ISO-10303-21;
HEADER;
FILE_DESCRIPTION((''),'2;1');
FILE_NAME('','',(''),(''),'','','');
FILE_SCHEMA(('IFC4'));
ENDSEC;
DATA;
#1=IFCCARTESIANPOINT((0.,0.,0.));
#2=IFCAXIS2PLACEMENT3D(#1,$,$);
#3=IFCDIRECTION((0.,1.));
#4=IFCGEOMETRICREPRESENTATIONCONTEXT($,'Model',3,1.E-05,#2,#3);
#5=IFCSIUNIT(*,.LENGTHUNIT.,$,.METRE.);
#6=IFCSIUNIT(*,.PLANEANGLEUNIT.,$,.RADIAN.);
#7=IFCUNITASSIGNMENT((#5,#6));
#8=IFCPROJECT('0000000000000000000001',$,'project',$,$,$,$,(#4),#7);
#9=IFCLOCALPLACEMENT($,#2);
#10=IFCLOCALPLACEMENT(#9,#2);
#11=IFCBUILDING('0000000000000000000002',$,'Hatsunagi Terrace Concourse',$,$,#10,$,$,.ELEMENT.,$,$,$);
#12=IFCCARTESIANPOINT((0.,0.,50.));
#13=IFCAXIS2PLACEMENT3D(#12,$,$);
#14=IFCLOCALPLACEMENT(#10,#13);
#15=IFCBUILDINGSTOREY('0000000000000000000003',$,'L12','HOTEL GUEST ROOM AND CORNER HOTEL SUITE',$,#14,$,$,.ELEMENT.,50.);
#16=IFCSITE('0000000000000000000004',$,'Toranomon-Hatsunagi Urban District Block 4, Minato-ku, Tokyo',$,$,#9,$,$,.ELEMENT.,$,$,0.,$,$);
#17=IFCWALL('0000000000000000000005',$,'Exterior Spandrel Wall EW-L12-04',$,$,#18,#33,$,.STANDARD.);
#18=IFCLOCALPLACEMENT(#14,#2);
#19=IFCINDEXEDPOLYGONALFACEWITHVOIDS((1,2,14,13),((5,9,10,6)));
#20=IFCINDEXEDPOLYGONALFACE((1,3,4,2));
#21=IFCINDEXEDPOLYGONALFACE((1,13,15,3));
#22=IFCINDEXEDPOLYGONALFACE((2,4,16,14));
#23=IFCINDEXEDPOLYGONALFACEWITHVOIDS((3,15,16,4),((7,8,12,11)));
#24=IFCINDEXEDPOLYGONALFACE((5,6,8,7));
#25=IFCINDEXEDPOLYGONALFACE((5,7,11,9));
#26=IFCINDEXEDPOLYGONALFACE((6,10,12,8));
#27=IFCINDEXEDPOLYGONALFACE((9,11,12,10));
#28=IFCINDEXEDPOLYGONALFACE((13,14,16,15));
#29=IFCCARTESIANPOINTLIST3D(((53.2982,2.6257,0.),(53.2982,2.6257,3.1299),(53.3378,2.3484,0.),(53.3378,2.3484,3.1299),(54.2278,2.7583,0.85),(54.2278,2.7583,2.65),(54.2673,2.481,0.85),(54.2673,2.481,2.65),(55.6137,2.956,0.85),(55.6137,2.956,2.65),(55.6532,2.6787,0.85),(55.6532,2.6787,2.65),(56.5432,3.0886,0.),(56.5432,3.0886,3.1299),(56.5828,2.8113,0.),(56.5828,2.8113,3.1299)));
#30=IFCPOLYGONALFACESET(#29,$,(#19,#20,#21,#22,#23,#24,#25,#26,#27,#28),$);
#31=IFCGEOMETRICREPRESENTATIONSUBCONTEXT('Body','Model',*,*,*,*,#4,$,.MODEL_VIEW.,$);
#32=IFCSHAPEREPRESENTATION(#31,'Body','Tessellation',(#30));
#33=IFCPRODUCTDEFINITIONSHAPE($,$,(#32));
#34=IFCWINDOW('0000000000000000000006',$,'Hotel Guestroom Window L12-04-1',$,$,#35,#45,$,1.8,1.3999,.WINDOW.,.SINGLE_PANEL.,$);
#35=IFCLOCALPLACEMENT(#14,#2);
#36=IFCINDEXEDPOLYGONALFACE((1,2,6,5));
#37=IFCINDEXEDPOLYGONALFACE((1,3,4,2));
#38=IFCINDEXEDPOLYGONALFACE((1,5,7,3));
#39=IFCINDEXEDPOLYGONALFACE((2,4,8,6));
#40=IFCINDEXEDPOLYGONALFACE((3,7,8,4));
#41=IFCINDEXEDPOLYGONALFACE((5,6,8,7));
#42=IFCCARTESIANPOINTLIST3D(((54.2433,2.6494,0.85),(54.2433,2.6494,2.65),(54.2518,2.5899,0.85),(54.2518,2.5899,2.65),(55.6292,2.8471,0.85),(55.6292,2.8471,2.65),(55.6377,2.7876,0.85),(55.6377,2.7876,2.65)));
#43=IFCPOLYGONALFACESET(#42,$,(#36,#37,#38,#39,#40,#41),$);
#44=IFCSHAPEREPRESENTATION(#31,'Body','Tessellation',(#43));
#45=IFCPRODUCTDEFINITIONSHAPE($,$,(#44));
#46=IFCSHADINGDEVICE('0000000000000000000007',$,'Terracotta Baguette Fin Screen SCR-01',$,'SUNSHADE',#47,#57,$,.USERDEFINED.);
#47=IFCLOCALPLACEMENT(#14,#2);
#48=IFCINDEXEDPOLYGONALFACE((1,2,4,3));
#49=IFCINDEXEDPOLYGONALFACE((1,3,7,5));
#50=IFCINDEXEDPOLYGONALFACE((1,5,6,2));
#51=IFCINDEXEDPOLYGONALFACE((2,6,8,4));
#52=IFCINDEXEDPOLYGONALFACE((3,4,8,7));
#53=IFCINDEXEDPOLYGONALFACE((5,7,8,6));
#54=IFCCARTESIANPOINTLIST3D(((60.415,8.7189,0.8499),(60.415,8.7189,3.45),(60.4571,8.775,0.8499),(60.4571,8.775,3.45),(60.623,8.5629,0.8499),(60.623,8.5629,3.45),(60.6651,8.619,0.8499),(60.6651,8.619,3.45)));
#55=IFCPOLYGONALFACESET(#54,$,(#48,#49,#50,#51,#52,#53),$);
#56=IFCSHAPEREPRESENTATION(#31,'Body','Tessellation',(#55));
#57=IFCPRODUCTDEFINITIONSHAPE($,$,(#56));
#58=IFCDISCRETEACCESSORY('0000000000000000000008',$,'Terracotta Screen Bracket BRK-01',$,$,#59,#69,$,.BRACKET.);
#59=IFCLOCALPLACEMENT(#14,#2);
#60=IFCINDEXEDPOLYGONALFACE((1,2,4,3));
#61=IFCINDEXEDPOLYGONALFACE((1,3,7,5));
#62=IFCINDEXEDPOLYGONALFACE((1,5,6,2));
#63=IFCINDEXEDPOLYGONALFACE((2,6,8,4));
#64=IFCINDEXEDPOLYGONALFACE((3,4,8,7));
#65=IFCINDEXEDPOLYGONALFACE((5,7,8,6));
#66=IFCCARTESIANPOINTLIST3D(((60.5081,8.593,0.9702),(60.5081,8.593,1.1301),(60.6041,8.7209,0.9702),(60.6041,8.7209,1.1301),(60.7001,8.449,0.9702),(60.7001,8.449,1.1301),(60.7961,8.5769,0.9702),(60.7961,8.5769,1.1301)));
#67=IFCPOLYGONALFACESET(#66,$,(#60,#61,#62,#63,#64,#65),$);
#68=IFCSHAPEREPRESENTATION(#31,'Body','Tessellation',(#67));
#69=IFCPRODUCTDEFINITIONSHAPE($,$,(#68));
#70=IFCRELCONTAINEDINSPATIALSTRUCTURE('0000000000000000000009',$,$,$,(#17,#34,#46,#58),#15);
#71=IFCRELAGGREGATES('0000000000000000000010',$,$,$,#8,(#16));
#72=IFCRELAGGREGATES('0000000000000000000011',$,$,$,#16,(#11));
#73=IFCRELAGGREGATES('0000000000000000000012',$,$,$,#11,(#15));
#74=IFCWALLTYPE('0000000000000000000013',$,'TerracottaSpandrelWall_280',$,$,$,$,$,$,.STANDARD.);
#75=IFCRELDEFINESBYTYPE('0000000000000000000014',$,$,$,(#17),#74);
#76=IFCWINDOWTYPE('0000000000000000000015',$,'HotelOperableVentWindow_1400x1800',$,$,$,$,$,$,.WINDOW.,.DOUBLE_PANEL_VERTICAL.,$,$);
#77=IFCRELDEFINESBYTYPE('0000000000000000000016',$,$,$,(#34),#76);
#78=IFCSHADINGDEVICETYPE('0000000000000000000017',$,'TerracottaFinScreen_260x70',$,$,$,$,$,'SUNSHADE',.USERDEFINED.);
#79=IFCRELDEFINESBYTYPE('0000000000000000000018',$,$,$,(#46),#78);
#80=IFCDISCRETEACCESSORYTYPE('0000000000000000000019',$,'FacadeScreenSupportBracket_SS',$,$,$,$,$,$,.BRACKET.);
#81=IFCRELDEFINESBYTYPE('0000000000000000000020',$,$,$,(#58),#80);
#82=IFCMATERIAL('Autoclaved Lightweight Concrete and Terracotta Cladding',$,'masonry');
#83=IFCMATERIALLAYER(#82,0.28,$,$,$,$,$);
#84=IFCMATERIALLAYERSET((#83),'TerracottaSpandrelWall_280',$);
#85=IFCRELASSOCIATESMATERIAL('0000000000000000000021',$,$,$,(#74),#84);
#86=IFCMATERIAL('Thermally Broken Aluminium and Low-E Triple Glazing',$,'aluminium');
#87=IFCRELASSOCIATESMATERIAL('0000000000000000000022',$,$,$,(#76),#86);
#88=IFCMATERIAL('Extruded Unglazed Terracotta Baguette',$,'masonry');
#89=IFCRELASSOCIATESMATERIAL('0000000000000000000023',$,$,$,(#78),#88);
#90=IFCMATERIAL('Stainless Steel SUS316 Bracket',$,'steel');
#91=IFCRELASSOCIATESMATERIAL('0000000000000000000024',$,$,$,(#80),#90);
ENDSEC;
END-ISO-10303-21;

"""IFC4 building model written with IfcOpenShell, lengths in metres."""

from ifc_helpers import new_model, si_unit, direction, frame, frame_2d, origin, origin_2d, place, context, subcontext, project, spatial, rectangle, extrude, material, layer, layer_set, type_object, element, fill, save


model = new_model("IFC4")

# Units and contexts
model_context = context("Model", 3, precision=1e-05, world=origin(), true_north=direction((0.0, 1.0)))
body_context = subcontext(model_context, "Body", "Model", "MODEL_VIEW")
ifc_project = project(units=[si_unit("LENGTHUNIT", "METRE"), si_unit("PLANEANGLEUNIT", "RADIAN")], contexts=[model_context])

# Site, building, storey
site_placement = place(None, origin())
site = spatial("IfcSite", under=ifc_project, at=site_placement, Name="Toranomon-Hatsunagi Urban District Block 4, Minato-ku, Tokyo", CompositionType="ELEMENT", RefElevation=0.0)
building_placement = place(site_placement, origin())
building = spatial("IfcBuilding", under=site, at=building_placement, Name="Hatsunagi Terrace Concourse", CompositionType="ELEMENT")
storey_placement = place(building_placement, frame((0.0, 0.0, 50.0)))
storey = spatial("IfcBuildingStorey", under=building, at=storey_placement, Name="L12", Description="HOTEL GUEST ROOM AND CORNER HOTEL SUITE", CompositionType="ELEMENT", Elevation=50.0)

# Wall, opening, window
ifc_material_1 = material(Name="Autoclaved Lightweight Concrete and Terracotta Cladding", Category="masonry")
ifc_layer_1 = layer(ifc_material_1, 0.28)
ifc_layer_set_1 = layer_set([ifc_layer_1], Name="TerracottaSpandrelWall_280")
wall_type_1 = type_object("IfcWallType", Name="TerracottaSpandrelWall_280", PredefinedType="STANDARD", material=ifc_layer_set_1)
wall_1_placement = place(storey_placement, frame((56.563, 2.95, 0.0), z_axis=(0.0, 0.0, 1.0), x_axis=(-0.989978, -0.141223, 0.0)))
wall_1 = element("IfcWall", 1, at=wall_1_placement, inside=storey, type_object=wall_type_1, Name="Exterior Spandrel Wall EW-L12-04", PredefinedType="STANDARD", context=body_context, shape_type="SweptSolid", body=[
    extrude(rectangle(XDim=3.2778, YDim=0.28, at=frame_2d((1.6389, 0.0))), origin(), (0.0, 0.0, 1.0), 3.1299),
])
opening_1_placement = place(wall_1_placement, frame((0.939, 0.0, 0.8501)))
opening_1 = element("IfcOpeningElement", 2, at=opening_1_placement, cuts=wall_1, PredefinedType="OPENING", context=body_context, shape_type="SweptSolid", body=[
    extrude(rectangle(XDim=1.3999, YDim=1.8, at=frame_2d((0.7, 0.8999))), frame((0.0, 0.1499, 0.0), z_axis=(0.0, -1.0, 0.0), x_axis=(1.0, 0.0, 0.0)), (0.0, 0.0, 1.0), 0.3),
])
ifc_material_2 = material(Name="Thermally Broken Aluminium and Low-E Triple Glazing", Category="aluminium")
window_type = type_object("IfcWindowType", Name="HotelOperableVentWindow_1400x1800", PartitioningType="DOUBLE_PANEL_VERTICAL", PredefinedType="WINDOW", material=ifc_material_2)
window_placement = place(opening_1_placement, origin())
window = element("IfcWindow", 3, at=window_placement, inside=storey, type_object=window_type, Name="Hotel Guestroom Window L12-04-1", OverallHeight=1.8, OverallWidth=1.3999, PartitioningType="SINGLE_PANEL", PredefinedType="WINDOW", context=body_context, shape_type="SweptSolid", body=[
    extrude(rectangle(XDim=1.3999, YDim=1.8, at=frame_2d((0.7, 0.8999))), frame((0.0, 0.03, 0.0), z_axis=(0.0, -1.0, 0.0), x_axis=(1.0, 0.0, 0.0)), (0.0, 0.0, 1.0), 0.0601),
])
fill(opening_1, window)

# Shading device
ifc_material_3 = material(Name="Extruded Unglazed Terracotta Baguette", Category="masonry")
shading_device_type = type_object("IfcShadingDeviceType", Name="TerracottaFinScreen_260x70", ElementType="SUNSHADE", PredefinedType="USERDEFINED", material=ifc_material_3)
shading_device_placement = place(storey_placement, frame((60.54, 8.6689, 0.8499), z_axis=(0.0, 0.0, 1.0), x_axis=(-0.599969, -0.800023, 0.0)))
element("IfcShadingDevice", 4, at=shading_device_placement, inside=storey, type_object=shading_device_type, Name="Terracotta Baguette Fin Screen SCR-01", ObjectType="SUNSHADE", PredefinedType="USERDEFINED", context=body_context, shape_type="SweptSolid", body=[
    extrude(rectangle(XDim=0.0701, YDim=0.26, at=origin_2d()), origin(), (0.0, 0.0, 1.0), 2.6001),
])

# Discrete accessory
ifc_material_4 = material(Name="Stainless Steel SUS316 Bracket", Category="steel")
discrete_accessory_type = type_object("IfcDiscreteAccessoryType", Name="FacadeScreenSupportBracket_SS", PredefinedType="BRACKET", material=ifc_material_4)
discrete_accessory_placement = place(storey_placement, frame((60.6521, 8.585, 0.9702), z_axis=(0.0, 0.0, 1.0), x_axis=(-0.599969, -0.800023, 0.0)))
element("IfcDiscreteAccessory", 5, at=discrete_accessory_placement, inside=storey, type_object=discrete_accessory_type, Name="Terracotta Screen Bracket BRK-01", PredefinedType="BRACKET", context=body_context, shape_type="SweptSolid", body=[
    extrude(rectangle(XDim=0.1599, YDim=0.24, at=origin_2d()), origin(), (0.0, 0.0, 1.0), 0.1599),
])

save(model, "model.ifc")
